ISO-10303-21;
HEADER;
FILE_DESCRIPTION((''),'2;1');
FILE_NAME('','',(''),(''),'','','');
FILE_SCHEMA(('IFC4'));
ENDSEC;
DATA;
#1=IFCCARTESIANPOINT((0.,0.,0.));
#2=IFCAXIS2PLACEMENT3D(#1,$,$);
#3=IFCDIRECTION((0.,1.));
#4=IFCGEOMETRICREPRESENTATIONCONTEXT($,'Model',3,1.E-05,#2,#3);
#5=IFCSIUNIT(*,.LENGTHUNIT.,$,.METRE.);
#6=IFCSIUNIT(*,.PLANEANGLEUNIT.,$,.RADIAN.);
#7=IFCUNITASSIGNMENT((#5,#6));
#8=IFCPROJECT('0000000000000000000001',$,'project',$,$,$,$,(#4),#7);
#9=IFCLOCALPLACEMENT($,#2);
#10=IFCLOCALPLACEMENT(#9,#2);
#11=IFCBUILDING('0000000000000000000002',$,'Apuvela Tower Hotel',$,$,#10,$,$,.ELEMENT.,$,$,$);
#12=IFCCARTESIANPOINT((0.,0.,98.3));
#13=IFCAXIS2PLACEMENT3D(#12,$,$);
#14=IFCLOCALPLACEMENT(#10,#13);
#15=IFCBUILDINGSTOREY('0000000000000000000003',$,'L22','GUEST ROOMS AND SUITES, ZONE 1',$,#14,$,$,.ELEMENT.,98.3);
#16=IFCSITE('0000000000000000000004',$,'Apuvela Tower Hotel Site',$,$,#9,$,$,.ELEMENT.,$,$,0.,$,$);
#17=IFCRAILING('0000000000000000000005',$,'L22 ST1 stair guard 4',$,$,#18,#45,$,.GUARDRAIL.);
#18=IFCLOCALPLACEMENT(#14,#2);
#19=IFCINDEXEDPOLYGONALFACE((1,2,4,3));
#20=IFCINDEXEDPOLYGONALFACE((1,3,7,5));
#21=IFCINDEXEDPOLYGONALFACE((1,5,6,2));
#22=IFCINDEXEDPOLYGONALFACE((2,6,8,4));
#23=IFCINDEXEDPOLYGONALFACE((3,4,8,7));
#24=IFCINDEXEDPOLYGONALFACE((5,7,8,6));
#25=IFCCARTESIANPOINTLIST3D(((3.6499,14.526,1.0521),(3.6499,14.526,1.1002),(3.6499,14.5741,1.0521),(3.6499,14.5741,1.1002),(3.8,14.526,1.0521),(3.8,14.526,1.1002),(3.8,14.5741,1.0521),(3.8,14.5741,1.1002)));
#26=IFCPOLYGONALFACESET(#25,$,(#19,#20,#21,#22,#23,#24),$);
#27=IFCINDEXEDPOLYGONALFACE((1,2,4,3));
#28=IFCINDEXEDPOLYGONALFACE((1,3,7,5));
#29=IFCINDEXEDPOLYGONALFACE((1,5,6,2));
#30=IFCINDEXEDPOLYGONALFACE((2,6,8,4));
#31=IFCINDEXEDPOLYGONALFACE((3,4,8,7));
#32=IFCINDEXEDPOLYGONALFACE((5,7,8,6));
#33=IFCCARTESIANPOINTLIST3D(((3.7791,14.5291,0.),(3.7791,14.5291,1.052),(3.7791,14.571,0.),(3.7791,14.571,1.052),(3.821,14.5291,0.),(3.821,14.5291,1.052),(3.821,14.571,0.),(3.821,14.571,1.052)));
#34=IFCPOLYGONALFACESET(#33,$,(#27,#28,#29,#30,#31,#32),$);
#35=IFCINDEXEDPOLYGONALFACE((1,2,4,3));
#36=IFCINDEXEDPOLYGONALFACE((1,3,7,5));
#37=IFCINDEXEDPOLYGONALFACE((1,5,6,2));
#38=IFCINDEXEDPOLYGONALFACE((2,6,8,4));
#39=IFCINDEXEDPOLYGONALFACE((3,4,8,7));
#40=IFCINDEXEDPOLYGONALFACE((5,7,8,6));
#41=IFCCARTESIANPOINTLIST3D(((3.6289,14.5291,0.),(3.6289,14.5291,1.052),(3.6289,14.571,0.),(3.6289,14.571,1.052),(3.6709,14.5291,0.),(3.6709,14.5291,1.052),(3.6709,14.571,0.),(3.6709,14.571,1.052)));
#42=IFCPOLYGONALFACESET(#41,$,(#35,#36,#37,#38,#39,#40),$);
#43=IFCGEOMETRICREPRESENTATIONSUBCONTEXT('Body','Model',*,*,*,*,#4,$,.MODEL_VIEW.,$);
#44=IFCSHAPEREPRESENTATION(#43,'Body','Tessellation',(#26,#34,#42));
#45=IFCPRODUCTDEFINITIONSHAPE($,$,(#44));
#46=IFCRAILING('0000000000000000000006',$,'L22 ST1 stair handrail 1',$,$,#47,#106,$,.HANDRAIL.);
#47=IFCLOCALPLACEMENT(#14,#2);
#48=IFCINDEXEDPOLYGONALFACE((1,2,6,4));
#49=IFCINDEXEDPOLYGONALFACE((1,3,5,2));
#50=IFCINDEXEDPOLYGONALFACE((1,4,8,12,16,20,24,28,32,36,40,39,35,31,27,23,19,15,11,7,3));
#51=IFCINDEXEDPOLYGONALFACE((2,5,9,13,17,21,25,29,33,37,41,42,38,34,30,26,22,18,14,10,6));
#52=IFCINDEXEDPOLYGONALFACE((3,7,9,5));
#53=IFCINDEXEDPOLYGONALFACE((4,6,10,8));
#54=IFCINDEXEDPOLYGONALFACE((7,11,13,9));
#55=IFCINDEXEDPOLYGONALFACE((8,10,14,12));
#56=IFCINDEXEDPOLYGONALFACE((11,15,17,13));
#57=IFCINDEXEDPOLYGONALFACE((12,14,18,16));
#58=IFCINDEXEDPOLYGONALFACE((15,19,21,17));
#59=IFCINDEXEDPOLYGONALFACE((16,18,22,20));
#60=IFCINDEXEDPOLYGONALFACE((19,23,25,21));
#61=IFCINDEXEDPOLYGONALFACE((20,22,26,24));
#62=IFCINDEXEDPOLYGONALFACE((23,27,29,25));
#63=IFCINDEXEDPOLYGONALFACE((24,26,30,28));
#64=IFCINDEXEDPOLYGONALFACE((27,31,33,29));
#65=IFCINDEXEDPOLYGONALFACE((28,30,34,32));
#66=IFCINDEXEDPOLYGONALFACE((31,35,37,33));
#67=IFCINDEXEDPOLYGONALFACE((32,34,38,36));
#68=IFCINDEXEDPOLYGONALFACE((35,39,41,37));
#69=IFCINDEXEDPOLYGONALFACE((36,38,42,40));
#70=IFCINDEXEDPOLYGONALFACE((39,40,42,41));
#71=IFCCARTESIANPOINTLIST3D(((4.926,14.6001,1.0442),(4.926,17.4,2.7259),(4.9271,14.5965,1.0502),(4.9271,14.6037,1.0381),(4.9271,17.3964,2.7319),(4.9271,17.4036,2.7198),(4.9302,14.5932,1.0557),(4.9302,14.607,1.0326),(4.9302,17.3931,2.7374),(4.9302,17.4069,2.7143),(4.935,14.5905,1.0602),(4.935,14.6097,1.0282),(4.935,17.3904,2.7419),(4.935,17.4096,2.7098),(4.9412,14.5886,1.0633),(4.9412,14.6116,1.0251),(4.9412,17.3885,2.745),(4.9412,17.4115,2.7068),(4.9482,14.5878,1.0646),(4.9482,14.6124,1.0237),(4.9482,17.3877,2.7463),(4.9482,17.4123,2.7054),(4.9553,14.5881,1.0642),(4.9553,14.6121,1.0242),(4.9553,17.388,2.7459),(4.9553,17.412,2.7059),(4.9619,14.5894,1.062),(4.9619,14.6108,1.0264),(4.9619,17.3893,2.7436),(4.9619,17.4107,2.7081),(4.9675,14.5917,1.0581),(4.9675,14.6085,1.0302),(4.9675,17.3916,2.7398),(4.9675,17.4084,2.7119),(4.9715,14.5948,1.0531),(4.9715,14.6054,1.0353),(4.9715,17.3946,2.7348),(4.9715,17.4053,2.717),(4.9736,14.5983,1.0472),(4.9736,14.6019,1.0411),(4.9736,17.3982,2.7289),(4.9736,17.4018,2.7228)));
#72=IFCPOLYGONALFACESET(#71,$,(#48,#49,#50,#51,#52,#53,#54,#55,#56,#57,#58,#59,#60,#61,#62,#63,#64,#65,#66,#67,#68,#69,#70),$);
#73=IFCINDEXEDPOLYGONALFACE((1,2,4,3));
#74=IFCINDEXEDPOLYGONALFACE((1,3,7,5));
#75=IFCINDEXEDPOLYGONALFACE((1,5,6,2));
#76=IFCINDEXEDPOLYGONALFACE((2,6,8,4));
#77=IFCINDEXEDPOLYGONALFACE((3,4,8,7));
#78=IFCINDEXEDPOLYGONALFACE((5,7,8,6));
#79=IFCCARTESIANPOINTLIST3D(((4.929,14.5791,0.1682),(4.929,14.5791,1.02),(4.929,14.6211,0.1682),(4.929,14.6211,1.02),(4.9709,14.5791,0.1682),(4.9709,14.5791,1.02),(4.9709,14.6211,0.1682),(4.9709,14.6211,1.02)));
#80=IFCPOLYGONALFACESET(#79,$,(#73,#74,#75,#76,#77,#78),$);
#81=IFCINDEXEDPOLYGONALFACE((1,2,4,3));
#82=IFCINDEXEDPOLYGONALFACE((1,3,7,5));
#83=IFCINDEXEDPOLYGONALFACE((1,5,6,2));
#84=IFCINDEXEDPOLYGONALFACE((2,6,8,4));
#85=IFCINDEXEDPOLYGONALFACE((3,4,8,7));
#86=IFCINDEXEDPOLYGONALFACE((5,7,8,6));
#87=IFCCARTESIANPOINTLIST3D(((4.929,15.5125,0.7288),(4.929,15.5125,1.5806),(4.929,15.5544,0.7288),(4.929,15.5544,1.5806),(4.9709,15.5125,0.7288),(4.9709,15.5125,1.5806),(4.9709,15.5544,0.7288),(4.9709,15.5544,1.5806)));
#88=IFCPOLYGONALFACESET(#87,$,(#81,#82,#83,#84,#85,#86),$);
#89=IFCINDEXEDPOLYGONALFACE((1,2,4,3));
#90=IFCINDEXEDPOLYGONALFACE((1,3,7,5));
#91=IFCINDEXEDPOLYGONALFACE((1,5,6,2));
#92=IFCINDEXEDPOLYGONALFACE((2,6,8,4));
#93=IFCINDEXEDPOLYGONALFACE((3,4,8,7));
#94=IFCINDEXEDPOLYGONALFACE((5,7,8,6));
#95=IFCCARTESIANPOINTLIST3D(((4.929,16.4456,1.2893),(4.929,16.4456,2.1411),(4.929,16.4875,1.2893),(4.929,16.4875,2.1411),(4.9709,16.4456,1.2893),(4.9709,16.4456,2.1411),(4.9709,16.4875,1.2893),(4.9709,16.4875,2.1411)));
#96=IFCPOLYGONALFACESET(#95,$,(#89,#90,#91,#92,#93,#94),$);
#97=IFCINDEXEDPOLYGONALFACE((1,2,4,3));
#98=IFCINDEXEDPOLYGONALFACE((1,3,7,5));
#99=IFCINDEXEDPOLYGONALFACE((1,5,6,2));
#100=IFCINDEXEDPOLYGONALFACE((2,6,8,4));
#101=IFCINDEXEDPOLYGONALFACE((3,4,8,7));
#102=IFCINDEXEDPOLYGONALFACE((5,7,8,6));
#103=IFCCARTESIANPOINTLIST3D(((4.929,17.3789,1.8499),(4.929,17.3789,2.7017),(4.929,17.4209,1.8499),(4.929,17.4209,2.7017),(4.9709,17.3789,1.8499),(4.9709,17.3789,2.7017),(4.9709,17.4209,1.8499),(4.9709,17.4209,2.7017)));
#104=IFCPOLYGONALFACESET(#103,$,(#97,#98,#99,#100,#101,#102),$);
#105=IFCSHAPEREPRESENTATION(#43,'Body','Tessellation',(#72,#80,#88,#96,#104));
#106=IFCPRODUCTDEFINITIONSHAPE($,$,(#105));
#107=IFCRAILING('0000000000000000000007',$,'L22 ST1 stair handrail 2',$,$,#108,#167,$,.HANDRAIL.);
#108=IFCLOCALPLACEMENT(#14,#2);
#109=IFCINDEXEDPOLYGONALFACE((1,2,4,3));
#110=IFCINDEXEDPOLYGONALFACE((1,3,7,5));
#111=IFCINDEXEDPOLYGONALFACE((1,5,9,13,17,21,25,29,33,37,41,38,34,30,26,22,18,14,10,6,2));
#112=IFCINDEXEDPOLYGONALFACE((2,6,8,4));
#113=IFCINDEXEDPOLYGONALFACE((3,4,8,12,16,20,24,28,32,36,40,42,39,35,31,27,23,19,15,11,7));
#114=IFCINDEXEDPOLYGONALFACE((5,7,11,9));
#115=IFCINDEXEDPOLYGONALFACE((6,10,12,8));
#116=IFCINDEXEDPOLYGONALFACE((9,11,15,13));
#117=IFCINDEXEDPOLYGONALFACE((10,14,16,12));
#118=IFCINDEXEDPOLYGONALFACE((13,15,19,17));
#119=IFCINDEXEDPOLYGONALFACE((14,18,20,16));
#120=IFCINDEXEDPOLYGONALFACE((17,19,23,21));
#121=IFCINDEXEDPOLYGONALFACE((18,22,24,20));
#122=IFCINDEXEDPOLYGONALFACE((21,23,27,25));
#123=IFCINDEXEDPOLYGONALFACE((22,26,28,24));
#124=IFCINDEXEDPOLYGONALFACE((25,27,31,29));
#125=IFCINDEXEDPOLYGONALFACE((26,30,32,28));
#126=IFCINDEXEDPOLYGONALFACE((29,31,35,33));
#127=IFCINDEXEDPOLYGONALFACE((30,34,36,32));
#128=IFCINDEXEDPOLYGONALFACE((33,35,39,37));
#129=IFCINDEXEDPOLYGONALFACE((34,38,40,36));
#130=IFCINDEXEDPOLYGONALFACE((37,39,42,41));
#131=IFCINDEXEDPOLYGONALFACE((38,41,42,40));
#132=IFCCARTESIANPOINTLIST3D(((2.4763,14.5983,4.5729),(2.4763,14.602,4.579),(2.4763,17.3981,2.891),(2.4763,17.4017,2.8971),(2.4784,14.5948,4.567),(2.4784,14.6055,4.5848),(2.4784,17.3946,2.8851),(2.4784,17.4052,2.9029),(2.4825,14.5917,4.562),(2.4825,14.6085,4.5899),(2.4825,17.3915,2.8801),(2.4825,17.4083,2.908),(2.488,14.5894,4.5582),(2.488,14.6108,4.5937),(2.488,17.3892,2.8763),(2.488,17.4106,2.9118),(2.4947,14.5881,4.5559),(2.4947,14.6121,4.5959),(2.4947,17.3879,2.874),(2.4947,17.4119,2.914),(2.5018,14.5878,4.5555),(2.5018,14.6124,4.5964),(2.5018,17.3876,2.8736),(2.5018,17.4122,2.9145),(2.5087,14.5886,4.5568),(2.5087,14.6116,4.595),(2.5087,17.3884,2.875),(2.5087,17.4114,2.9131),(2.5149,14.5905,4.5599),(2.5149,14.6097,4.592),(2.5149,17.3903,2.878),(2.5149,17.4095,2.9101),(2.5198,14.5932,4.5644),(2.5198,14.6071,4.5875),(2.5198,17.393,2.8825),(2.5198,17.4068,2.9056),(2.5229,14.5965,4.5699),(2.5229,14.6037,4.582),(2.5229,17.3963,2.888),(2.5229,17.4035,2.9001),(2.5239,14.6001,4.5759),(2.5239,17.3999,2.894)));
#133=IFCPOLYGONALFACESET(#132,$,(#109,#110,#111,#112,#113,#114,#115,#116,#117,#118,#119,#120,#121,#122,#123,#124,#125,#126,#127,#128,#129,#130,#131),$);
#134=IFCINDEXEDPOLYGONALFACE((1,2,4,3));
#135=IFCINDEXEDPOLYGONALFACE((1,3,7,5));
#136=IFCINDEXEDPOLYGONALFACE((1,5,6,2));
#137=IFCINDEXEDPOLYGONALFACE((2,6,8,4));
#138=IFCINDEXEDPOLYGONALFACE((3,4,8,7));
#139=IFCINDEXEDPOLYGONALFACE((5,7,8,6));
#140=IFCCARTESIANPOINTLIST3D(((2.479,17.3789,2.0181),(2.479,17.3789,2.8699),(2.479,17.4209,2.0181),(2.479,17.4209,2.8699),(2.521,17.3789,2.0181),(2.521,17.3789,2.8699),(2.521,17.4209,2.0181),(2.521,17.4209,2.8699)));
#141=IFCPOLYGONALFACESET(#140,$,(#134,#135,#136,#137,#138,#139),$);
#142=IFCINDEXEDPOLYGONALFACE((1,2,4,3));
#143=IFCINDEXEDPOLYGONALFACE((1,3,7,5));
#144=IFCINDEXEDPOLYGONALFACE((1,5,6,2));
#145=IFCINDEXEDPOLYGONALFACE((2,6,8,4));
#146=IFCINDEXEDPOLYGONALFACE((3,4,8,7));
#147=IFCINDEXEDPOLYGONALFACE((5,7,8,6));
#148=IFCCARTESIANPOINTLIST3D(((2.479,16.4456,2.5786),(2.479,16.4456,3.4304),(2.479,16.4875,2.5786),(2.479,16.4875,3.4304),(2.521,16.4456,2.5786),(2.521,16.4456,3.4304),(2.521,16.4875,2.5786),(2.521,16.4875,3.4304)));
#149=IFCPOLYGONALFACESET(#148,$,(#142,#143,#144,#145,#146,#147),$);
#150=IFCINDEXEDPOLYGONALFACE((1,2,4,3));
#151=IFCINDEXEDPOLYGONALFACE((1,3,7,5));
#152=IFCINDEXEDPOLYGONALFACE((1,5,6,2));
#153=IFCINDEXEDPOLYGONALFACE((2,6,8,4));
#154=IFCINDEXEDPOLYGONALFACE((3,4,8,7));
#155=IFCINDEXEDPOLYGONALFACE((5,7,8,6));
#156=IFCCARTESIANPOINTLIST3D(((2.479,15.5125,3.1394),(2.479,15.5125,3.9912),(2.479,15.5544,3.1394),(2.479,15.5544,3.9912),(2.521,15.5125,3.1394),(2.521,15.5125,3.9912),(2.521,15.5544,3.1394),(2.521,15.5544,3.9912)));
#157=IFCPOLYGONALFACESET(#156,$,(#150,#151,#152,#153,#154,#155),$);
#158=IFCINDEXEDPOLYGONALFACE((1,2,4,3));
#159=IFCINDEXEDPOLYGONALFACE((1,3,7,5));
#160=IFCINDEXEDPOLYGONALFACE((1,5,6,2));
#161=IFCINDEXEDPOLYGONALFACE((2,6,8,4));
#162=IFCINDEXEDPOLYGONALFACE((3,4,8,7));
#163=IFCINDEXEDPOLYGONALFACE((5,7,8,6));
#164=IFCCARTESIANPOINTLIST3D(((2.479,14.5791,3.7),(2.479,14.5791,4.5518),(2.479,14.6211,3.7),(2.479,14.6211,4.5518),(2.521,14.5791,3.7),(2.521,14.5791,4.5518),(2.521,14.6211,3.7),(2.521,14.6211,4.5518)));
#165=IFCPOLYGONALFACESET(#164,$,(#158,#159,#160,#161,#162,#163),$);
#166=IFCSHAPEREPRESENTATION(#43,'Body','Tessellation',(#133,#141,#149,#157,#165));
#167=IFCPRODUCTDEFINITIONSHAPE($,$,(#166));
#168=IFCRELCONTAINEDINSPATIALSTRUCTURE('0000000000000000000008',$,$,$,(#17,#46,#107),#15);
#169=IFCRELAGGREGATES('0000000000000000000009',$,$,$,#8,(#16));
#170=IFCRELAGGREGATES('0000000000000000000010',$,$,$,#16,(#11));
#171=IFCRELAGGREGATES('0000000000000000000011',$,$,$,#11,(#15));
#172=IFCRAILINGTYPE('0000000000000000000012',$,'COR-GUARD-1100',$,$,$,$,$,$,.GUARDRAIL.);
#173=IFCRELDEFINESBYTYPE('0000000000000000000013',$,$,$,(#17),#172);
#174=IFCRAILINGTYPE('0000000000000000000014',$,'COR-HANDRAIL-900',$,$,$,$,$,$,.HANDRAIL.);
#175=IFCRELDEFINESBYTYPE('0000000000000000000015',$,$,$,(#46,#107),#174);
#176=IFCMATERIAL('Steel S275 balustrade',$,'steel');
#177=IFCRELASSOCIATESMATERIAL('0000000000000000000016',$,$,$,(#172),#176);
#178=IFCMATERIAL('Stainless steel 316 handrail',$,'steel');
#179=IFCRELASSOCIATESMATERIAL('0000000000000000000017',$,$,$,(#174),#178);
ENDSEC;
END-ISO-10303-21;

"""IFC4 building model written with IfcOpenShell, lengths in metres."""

from ifc_helpers import new_model, si_unit, direction, frame, origin, origin_2d, place, context, subcontext, project, spatial, rectangle, circle, extrude, material, type_object, element, save


model = new_model("IFC4")

# Units and contexts
model_context = context("Model", 3, precision=1e-05, world=origin(), true_north=direction((0.0, 1.0)))
body_context = subcontext(model_context, "Body", "Model", "MODEL_VIEW")
ifc_project = project(units=[si_unit("LENGTHUNIT", "METRE"), si_unit("PLANEANGLEUNIT", "RADIAN")], contexts=[model_context])

# Site, building, storey
site_placement = place(None, origin())
site = spatial("IfcSite", under=ifc_project, at=site_placement, Name="Apuvela Tower Hotel Site", CompositionType="ELEMENT", RefElevation=0.0)
building_placement = place(site_placement, origin())
building = spatial("IfcBuilding", under=site, at=building_placement, Name="Apuvela Tower Hotel", CompositionType="ELEMENT")
storey_placement = place(building_placement, frame((0.0, 0.0, 98.3)))
storey = spatial("IfcBuildingStorey", under=building, at=storey_placement, Name="L22", Description="GUEST ROOMS AND SUITES, ZONE 1", CompositionType="ELEMENT", Elevation=98.3)

# Railings
ifc_material_1 = material(Name="Steel S275 balustrade", Category="steel")
railing_type_1 = type_object("IfcRailingType", Name="COR-GUARD-1100", PredefinedType="GUARDRAIL", material=ifc_material_1)
railing_1_placement = place(storey_placement, frame((3.8, 14.55, 0.0)))
element("IfcRailing", 1, at=railing_1_placement, inside=storey, type_object=railing_type_1, Name="L22 ST1 stair guard 4", PredefinedType="GUARDRAIL", context=body_context, shape_type="SweptSolid", body=[
    extrude(rectangle(XDim=0.0481, YDim=0.0481, at=origin_2d()), frame((0.0, 0.0, 1.0762), z_axis=(-1.0, 0.0, 0.0), x_axis=(0.0, -1.0, 0.0)), (0.0, 0.0, 1.0), 0.1501),
    extrude(rectangle(XDim=0.042, YDim=0.042, at=origin_2d()), origin(), (0.0, 0.0, 1.0), 1.052),
    extrude(rectangle(XDim=0.042, YDim=0.042, at=origin_2d()), frame((-0.1501, 0.0, 0.0)), (0.0, 0.0, 1.0), 1.052),
])
ifc_material_2 = material(Name="Stainless steel 316 handrail", Category="steel")
railing_type_2 = type_object("IfcRailingType", Name="COR-HANDRAIL-900", PredefinedType="HANDRAIL", material=ifc_material_2)
railing_2_placement = place(storey_placement, frame((4.95, 14.6001, 0.1682)))
element("IfcRailing", 2, at=railing_2_placement, inside=storey, type_object=railing_type_2, Name="L22 ST1 stair handrail 1", PredefinedType="HANDRAIL", context=body_context, shape_type="SweptSolid", body=[
    extrude(circle(Radius=0.0239, at=origin_2d()), frame((0.0, 0.0, 0.876), z_axis=(0.0, 0.857255, 0.514891), x_axis=(-1.0, 0.0, 0.0)), (0.0, 0.0, 1.0), 3.2661),
    extrude(rectangle(XDim=0.042, YDim=0.042, at=origin_2d()), origin(), (0.0, 0.0, 1.0), 0.8518),
    extrude(rectangle(XDim=0.042, YDim=0.042, at=origin_2d()), frame((0.0, 0.9333, 0.5605)), (0.0, 0.0, 1.0), 0.8518),
    extrude(rectangle(XDim=0.042, YDim=0.042, at=origin_2d()), frame((0.0, 1.8665, 1.1211)), (0.0, 0.0, 1.0), 0.8518),
    extrude(rectangle(XDim=0.042, YDim=0.042, at=origin_2d()), frame((0.0, 2.7998, 1.6816)), (0.0, 0.0, 1.0), 0.8518),
])
railing_3_placement = place(storey_placement, frame((2.5, 17.3999, 2.0181)))
element("IfcRailing", 3, at=railing_3_placement, inside=storey, type_object=railing_type_2, Name="L22 ST1 stair handrail 2", PredefinedType="HANDRAIL", context=body_context, shape_type="SweptSolid", body=[
    extrude(circle(Radius=0.0239, at=origin_2d()), frame((0.0, 0.0, 0.876), z_axis=(0.0, -0.857222, 0.514946), x_axis=(1.0, 0.0, 0.0)), (0.0, 0.0, 1.0), 3.2661),
    extrude(rectangle(XDim=0.042, YDim=0.042, at=origin_2d()), origin(), (0.0, 0.0, 1.0), 0.8518),
    extrude(rectangle(XDim=0.042, YDim=0.042, at=origin_2d()), frame((0.0, -0.9333, 0.5605)), (0.0, 0.0, 1.0), 0.8518),
    extrude(rectangle(XDim=0.042, YDim=0.042, at=origin_2d()), frame((0.0, -1.8665, 1.1213)), (0.0, 0.0, 1.0), 0.8518),
    extrude(rectangle(XDim=0.042, YDim=0.042, at=origin_2d()), frame((0.0, -2.7998, 1.6819)), (0.0, 0.0, 1.0), 0.8518),
])

save(model, "model.ifc")
